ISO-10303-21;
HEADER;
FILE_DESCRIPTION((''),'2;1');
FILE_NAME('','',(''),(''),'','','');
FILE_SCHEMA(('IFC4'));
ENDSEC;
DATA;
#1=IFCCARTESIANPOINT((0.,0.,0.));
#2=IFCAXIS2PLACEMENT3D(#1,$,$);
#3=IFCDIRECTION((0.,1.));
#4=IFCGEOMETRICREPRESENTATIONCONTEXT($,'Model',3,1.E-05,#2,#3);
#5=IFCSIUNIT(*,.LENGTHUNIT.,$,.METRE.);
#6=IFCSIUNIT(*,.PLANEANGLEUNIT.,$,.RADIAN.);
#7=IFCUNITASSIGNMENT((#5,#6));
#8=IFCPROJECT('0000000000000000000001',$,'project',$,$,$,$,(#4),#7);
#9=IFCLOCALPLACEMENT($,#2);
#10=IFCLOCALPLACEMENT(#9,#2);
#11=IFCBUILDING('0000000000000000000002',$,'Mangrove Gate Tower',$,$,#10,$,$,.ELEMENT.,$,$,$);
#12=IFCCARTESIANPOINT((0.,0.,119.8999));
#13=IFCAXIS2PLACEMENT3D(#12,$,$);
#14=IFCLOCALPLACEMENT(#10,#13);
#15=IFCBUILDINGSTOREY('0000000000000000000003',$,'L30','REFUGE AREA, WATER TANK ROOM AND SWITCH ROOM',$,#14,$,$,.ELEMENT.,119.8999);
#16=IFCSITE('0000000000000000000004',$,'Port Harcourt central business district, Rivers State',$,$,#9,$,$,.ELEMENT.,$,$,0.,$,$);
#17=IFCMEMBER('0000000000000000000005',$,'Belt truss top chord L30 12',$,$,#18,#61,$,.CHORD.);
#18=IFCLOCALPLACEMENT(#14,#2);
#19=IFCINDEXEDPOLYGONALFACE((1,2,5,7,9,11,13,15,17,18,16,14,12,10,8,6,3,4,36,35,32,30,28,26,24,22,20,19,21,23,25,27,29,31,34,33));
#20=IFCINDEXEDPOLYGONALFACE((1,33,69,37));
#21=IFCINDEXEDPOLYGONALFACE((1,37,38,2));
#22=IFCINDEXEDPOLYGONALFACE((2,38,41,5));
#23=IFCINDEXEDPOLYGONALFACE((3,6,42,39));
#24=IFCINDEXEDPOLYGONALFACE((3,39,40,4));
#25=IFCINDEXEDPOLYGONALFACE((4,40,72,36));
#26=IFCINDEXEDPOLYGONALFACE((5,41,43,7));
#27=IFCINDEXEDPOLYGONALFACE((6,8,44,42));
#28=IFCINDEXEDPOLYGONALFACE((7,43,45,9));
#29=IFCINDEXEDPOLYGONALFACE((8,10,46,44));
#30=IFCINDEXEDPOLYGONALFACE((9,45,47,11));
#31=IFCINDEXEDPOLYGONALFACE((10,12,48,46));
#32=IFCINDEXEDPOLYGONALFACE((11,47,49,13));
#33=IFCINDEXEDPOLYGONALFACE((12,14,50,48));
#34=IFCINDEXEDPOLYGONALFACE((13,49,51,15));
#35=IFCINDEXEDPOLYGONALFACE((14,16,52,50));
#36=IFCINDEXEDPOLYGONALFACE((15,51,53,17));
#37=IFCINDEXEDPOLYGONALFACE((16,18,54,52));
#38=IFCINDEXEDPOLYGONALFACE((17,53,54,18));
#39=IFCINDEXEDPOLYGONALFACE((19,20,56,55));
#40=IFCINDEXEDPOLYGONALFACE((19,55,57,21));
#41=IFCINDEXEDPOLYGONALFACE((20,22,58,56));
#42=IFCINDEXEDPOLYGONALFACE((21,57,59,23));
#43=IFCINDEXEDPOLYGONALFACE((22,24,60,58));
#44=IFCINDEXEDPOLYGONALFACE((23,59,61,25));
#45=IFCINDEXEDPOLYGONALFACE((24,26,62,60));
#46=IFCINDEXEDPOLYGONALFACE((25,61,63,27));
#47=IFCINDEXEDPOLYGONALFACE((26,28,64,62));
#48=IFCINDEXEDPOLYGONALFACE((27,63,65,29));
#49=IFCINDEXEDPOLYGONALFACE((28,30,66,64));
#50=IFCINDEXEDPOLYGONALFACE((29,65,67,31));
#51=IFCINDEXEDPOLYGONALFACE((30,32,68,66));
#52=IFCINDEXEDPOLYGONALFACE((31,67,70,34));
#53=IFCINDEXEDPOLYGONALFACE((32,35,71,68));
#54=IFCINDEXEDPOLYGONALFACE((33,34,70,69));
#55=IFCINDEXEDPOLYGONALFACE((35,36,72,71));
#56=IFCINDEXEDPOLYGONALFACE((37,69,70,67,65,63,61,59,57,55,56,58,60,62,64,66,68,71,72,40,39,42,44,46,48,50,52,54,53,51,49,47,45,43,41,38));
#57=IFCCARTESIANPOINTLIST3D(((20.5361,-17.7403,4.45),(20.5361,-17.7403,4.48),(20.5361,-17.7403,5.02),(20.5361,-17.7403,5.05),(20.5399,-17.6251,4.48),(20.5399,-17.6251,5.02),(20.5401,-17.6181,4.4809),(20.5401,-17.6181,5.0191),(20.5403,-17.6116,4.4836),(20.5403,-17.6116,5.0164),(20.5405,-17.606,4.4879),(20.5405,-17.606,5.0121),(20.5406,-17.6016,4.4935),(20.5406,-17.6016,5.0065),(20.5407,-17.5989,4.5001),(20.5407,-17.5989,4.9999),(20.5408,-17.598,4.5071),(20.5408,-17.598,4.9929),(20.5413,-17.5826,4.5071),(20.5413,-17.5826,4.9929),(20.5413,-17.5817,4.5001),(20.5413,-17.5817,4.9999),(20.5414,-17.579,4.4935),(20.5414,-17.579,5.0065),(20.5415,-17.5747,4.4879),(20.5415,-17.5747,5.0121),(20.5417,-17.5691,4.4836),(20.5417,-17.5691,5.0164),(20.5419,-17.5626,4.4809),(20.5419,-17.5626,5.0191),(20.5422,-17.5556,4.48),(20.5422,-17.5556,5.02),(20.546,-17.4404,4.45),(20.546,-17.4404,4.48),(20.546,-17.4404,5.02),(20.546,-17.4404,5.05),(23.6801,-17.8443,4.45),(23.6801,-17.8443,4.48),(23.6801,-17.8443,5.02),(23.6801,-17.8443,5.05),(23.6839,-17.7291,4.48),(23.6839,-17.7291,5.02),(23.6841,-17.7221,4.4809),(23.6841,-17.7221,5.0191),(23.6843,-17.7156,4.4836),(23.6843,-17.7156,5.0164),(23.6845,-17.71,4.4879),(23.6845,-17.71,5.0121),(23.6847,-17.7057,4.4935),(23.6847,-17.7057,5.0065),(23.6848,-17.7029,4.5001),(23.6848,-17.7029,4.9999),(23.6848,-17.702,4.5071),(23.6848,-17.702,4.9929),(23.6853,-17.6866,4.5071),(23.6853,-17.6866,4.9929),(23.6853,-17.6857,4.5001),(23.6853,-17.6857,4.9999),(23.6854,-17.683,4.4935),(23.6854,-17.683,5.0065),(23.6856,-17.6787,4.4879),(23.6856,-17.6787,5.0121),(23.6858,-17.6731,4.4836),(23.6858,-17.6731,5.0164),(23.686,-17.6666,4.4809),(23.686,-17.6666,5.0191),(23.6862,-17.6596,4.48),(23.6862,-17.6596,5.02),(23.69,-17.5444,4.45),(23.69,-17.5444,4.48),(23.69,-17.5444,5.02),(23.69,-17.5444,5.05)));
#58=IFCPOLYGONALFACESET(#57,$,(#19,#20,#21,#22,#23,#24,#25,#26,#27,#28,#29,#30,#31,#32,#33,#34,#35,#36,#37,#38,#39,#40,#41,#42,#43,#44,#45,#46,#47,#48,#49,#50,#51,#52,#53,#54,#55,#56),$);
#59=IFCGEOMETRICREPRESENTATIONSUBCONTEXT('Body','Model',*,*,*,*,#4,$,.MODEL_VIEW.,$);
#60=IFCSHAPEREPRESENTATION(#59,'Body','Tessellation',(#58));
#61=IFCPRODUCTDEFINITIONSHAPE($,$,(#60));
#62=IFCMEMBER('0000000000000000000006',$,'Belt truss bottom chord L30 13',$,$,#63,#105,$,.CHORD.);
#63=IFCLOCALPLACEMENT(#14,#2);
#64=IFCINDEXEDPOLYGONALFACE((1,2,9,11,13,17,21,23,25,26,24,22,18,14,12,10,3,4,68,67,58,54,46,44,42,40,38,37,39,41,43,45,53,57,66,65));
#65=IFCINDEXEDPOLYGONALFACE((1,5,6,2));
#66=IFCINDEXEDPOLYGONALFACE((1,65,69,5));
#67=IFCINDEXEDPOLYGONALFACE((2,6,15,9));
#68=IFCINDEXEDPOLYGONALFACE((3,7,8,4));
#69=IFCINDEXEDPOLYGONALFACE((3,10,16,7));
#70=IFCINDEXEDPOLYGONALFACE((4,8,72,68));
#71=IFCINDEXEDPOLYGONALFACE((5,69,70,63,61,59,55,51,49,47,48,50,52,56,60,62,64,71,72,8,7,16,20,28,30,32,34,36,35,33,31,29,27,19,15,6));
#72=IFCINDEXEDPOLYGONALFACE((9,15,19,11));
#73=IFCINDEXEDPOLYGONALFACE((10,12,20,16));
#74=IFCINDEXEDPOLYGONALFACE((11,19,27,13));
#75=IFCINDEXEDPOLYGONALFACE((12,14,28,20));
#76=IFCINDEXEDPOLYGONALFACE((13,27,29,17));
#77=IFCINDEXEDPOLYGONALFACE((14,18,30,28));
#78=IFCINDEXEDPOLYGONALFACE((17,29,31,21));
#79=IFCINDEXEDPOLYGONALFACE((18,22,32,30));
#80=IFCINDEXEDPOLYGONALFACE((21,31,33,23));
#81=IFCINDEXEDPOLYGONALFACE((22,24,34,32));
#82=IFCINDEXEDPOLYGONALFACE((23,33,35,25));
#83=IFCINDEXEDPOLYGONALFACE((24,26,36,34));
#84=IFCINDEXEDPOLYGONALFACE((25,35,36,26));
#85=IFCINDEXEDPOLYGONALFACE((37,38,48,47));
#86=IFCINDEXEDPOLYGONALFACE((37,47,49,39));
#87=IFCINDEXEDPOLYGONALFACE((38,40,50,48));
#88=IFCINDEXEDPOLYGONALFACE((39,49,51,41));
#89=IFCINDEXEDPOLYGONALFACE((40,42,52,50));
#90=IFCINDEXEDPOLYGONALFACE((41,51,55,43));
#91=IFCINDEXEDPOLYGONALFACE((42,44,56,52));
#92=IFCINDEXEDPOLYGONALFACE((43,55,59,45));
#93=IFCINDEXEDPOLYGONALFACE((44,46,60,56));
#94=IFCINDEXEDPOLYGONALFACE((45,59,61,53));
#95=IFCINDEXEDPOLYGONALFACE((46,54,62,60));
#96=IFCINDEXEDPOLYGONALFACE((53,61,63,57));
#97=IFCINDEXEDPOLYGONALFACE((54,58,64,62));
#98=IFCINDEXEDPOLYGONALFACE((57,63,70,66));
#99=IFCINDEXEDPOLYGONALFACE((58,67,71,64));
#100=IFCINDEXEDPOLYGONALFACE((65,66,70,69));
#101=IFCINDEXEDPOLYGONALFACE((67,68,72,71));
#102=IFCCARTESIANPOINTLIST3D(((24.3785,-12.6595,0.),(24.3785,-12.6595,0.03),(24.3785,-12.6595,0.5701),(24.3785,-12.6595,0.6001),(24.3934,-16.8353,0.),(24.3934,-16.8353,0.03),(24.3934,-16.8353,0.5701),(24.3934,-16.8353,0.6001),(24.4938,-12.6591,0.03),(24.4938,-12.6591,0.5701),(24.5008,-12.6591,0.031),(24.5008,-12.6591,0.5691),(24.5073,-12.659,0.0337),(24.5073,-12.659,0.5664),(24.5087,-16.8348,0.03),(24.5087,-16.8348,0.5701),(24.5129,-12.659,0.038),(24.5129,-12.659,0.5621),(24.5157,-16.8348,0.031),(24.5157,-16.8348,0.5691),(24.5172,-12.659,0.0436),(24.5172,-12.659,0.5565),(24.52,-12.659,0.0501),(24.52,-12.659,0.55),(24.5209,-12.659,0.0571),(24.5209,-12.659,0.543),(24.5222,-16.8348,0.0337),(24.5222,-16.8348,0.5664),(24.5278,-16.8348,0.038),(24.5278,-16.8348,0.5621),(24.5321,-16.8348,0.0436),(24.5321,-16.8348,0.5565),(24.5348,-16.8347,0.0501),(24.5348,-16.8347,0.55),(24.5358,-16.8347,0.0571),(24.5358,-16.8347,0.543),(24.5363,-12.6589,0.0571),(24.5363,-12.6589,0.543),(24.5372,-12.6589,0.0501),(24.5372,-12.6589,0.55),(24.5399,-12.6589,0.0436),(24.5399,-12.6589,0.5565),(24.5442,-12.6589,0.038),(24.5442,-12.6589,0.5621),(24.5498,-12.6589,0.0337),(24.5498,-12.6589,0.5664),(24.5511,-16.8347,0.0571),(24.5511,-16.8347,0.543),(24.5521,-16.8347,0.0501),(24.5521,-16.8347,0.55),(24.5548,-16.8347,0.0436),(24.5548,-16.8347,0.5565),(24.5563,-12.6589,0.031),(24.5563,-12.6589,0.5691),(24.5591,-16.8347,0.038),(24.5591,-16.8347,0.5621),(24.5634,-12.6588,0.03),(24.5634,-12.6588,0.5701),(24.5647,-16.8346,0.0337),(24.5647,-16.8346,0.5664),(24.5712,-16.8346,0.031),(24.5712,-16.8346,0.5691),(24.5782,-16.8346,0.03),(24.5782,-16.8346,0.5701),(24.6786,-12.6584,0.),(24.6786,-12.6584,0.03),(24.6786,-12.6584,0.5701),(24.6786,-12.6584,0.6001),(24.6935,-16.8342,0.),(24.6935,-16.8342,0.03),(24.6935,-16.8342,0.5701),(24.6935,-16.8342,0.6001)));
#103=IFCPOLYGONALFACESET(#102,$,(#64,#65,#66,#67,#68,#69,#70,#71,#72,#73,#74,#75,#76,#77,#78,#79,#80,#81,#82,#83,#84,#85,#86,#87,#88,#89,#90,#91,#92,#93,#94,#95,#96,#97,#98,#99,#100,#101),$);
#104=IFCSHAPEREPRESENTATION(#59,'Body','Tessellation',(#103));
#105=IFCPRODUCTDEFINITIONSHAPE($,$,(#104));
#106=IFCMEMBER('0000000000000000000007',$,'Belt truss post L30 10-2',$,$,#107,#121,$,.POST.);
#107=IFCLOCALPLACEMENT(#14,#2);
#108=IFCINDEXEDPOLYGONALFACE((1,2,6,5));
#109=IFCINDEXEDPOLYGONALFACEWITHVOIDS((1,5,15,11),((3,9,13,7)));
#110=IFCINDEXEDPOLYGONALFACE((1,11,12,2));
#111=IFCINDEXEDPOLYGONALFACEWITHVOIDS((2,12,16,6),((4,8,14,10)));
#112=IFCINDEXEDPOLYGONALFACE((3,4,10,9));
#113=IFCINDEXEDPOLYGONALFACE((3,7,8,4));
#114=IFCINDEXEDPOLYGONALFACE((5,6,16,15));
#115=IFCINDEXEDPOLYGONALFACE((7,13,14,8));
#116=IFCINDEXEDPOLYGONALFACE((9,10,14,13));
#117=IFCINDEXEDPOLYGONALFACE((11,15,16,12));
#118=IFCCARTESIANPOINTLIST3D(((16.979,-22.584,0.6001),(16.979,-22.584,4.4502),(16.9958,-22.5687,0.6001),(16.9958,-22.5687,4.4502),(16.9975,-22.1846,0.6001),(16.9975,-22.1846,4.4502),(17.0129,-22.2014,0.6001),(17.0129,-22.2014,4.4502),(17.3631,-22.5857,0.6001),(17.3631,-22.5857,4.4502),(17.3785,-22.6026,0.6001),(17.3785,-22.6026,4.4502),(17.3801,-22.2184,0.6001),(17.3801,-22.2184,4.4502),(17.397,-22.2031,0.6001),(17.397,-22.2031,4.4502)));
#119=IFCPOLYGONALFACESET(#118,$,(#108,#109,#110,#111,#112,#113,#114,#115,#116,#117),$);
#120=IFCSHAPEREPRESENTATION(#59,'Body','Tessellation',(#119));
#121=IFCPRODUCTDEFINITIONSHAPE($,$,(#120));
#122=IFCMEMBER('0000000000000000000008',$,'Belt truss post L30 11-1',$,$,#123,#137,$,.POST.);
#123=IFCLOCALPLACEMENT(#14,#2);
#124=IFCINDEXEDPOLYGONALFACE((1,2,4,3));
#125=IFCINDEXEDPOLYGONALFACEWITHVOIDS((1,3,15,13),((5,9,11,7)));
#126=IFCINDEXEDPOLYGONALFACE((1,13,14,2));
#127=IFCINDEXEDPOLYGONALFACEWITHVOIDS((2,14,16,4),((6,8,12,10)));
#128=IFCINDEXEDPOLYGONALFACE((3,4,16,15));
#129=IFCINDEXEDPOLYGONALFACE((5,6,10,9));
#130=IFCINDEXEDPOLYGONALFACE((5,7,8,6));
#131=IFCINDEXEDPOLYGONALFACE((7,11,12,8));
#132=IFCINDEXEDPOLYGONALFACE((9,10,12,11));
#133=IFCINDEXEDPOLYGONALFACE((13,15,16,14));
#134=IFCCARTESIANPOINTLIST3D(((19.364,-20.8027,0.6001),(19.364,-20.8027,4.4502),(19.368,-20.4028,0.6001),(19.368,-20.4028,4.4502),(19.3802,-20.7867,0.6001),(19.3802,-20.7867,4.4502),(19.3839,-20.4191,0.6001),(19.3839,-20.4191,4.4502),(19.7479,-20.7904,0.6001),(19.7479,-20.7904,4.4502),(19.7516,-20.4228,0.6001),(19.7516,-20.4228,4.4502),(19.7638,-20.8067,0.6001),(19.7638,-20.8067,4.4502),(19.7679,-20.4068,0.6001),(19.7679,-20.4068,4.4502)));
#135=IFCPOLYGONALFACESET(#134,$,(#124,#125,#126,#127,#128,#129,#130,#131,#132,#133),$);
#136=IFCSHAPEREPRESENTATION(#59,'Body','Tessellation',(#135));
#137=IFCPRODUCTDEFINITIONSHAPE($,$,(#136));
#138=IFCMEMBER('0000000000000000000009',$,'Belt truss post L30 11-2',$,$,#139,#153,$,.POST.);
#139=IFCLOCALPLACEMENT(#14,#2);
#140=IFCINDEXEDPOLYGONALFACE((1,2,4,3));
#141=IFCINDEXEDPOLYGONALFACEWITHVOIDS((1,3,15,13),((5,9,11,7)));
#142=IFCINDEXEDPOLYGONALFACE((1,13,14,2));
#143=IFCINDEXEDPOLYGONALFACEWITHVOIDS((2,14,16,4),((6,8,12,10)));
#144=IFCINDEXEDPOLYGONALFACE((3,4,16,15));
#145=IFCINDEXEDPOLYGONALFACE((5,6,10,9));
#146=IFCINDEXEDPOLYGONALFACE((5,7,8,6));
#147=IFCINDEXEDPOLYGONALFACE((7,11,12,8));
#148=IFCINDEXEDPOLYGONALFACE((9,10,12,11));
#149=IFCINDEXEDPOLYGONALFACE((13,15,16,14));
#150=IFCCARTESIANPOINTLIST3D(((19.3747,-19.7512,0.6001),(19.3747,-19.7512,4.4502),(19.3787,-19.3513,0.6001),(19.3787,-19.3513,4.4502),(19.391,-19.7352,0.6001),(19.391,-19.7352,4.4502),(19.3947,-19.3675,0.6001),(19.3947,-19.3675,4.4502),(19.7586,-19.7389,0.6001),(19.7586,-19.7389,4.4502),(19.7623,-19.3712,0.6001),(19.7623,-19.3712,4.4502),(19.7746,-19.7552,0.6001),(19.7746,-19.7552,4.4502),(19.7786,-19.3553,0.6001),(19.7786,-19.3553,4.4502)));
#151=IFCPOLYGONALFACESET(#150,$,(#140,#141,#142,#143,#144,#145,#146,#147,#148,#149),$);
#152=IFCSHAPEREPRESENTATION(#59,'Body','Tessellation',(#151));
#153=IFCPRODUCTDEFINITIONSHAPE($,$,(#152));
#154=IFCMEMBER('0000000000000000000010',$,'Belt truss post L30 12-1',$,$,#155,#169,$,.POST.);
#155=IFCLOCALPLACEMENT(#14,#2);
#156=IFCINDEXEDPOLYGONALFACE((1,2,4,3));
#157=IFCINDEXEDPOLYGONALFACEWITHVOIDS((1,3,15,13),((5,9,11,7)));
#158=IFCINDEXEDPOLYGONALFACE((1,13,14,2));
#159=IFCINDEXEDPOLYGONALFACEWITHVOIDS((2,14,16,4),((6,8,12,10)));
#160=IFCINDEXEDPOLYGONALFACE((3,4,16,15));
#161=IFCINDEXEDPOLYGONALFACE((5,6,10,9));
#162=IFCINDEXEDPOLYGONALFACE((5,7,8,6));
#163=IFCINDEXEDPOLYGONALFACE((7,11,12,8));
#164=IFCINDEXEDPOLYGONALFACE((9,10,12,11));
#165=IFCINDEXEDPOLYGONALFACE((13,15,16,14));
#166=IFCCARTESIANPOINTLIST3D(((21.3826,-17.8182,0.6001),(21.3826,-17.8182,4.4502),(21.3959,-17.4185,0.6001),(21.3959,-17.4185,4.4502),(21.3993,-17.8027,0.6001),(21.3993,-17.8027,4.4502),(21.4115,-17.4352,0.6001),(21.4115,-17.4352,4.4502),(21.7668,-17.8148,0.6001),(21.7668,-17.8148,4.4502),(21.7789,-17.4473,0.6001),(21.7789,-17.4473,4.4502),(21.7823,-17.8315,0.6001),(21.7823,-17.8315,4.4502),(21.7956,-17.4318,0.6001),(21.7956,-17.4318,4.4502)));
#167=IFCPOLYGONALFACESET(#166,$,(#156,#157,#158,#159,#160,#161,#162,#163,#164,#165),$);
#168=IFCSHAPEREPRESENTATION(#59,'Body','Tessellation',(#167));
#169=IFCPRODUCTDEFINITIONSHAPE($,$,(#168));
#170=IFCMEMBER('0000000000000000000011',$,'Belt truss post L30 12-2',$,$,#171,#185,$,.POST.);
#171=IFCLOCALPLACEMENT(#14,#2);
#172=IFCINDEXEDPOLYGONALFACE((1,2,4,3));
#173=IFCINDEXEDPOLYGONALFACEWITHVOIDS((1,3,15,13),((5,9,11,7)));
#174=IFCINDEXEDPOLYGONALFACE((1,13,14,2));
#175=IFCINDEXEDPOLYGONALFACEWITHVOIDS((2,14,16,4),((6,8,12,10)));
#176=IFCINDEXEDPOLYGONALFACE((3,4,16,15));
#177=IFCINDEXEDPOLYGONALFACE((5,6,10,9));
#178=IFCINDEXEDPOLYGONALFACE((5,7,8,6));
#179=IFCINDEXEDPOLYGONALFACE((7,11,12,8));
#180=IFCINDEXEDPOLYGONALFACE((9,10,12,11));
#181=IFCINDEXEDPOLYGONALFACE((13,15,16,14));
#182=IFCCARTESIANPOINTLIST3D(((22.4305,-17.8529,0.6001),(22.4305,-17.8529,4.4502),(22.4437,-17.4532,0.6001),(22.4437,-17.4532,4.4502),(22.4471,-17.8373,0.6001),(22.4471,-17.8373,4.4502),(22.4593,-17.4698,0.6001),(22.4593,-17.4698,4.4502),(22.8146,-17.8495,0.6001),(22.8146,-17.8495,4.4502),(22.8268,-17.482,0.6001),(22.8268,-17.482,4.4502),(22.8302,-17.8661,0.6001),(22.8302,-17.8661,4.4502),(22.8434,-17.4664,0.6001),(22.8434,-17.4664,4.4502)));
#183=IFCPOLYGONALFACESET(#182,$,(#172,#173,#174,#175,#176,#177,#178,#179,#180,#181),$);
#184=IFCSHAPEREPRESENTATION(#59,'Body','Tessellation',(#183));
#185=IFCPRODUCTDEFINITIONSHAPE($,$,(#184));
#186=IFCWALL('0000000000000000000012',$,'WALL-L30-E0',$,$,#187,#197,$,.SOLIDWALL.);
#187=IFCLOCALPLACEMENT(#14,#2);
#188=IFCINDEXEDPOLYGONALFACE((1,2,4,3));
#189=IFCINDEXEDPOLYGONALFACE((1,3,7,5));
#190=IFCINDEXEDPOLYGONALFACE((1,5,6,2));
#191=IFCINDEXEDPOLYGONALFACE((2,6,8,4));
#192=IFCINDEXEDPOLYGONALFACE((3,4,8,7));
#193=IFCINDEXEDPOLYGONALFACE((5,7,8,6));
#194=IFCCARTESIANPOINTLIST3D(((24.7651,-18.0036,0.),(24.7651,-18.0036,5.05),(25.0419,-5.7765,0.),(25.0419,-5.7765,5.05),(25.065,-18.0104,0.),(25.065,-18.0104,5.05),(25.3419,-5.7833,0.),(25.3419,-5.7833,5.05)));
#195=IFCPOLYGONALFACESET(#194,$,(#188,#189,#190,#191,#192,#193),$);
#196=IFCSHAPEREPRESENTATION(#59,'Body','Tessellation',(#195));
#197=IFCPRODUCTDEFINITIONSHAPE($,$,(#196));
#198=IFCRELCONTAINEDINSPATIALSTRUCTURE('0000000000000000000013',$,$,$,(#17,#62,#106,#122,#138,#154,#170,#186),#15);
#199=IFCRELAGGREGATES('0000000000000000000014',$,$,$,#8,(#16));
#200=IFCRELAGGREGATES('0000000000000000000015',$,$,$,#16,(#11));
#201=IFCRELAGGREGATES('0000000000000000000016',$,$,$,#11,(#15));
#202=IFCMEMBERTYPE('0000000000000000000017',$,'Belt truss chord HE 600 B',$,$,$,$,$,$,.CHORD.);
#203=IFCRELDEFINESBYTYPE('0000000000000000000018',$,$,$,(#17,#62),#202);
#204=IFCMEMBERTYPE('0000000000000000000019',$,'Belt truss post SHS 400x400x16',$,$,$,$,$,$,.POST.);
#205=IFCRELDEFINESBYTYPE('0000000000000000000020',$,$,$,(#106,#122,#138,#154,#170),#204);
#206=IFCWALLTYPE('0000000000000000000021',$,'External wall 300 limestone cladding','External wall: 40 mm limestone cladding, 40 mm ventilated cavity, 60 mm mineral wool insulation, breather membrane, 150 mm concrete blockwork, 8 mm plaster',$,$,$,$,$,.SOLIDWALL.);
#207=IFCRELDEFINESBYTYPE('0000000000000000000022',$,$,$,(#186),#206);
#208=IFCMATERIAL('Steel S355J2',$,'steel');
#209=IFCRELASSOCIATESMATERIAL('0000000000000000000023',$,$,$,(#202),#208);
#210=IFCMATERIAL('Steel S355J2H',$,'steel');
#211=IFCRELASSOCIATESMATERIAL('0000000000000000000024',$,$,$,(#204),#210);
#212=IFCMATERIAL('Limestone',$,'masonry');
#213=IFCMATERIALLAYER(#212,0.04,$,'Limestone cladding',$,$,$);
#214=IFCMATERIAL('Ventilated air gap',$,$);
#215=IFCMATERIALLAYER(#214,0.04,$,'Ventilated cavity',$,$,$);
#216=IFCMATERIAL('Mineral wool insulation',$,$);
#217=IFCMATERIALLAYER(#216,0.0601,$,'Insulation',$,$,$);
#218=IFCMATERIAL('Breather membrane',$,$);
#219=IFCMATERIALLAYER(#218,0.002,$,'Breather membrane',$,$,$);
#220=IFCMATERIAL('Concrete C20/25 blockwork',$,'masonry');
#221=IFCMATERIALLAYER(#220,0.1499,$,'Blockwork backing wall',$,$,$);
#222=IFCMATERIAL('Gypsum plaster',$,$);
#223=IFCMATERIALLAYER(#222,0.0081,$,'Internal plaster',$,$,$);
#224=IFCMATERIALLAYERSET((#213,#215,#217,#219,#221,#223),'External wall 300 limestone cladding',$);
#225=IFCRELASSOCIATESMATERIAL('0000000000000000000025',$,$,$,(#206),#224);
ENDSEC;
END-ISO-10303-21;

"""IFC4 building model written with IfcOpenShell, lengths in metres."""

from ifc_helpers import new_model, si_unit, direction, frame, frame_2d, origin, origin_2d, place, context, subcontext, project, spatial, rectangle, hollow_rectangle, i_section, extrude, material, layer, layer_set, material_profile, profile_set, type_object, element, save


model = new_model("IFC4")

# Units and contexts
model_context = context("Model", 3, precision=1e-05, world=origin(), true_north=direction((0.0, 1.0)))
body_context = subcontext(model_context, "Body", "Model", "MODEL_VIEW")
ifc_project = project(units=[si_unit("LENGTHUNIT", "METRE"), si_unit("PLANEANGLEUNIT", "RADIAN")], contexts=[model_context])

# Site, building, storey
site_placement = place(None, origin())
site = spatial("IfcSite", under=ifc_project, at=site_placement, Name="Port Harcourt central business district, Rivers State", CompositionType="ELEMENT", RefElevation=0.0)
building_placement = place(site_placement, origin())
building = spatial("IfcBuilding", under=site, at=building_placement, Name="Mangrove Gate Tower", CompositionType="ELEMENT")
storey_placement = place(building_placement, frame((0.0, 0.0, 119.8999)))
storey = spatial("IfcBuildingStorey", under=building, at=storey_placement, Name="L30", Description="REFUGE AREA, WATER TANK ROOM AND SWITCH ROOM", CompositionType="ELEMENT", Elevation=119.8999)

# Members
ifc_material_1 = material(Name="Steel S355J2", Category="steel")
ifc_material_profile_1 = material_profile(ifc_material_1, i_section(OverallWidth=0.3, OverallDepth=0.6001, WebThickness=0.0154, FlangeThickness=0.03, FilletRadius=0.0271, at=origin_2d()))
ifc_profile_set_1 = profile_set([ifc_material_profile_1], Name="Steel S355J2")
member_type_1 = type_object("IfcMemberType", Name="Belt truss chord HE 600 B", PredefinedType="CHORD", material=ifc_profile_set_1)
for number, where, z_axis, x_axis, name in (
    (1, (20.541, -17.5903, 4.75), (0.999453, -0.033062, 0.0), (0.033062, 0.999453, 0.0), "Belt truss top chord L30 12"),
):
    element("IfcMember", number, at=place(storey_placement, frame(where, z_axis=z_axis, x_axis=x_axis)), inside=storey, type_object=member_type_1, Name=name, PredefinedType="CHORD", context=body_context, shape_type="SweptSolid", body=[
        extrude(i_section(OverallWidth=0.3, OverallDepth=0.6001, WebThickness=0.0154, FlangeThickness=0.03, FilletRadius=0.0271, at=origin_2d()), origin(), (0.0, 0.0, 1.0), 3.1458),
    ])
member_placement = place(storey_placement, frame((24.5435, -16.8347, 0.3), z_axis=(-0.003566, 0.999994, 0.0), x_axis=(-0.999994, -0.003566, 0.0)))
element("IfcMember", 2, at=member_placement, inside=storey, type_object=member_type_1, Name="Belt truss bottom chord L30 13", PredefinedType="CHORD", context=body_context, shape_type="SweptSolid", body=[
    extrude(i_section(OverallWidth=0.3, OverallDepth=0.6001, WebThickness=0.0154, FlangeThickness=0.03, FilletRadius=0.0271, at=origin_2d()), origin(), (0.0, 0.0, 1.0), 4.1758),
])
ifc_material_2 = material(Name="Steel S355J2H", Category="steel")
ifc_material_profile_2 = material_profile(ifc_material_2, hollow_rectangle(XDim=0.3999, YDim=0.3999, WallThickness=0.0161, at=origin_2d()))
ifc_profile_set_2 = profile_set([ifc_material_profile_2], Name="Steel S355J2H")
member_type_2 = type_object("IfcMemberType", Name="Belt truss post SHS 400x400x16", PredefinedType="POST", material=ifc_profile_set_2)
for number, where, z_axis, x_axis, name in (
    (3, (17.188, -22.3936, 0.6001), (0.0, 0.0, 1.0), (0.998927, -0.046313, 0.0), "Belt truss post L30 10-2"),
    (4, (19.5659, -20.6047, 0.6001), (0.0, 0.0, 1.0), (0.010066, 0.999949, 0.0), "Belt truss post L30 11-1"),
    (5, (19.5767, -19.5532, 0.6001), (0.0, 0.0, 1.0), (0.010066, 0.999949, 0.0), "Belt truss post L30 11-2"),
    (6, (21.5891, -17.625, 0.6001), (0.0, 0.0, 1.0), (0.999452, -0.033111, 0.0), "Belt truss post L30 12-1"),
    (7, (22.637, -17.6597, 0.6001), (0.0, 0.0, 1.0), (0.999452, -0.033111, 0.0), "Belt truss post L30 12-2"),
):
    element("IfcMember", number, at=place(storey_placement, frame(where, z_axis=z_axis, x_axis=x_axis)), inside=storey, type_object=member_type_2, Name=name, PredefinedType="POST", context=body_context, shape_type="SweptSolid", body=[
        extrude(hollow_rectangle(XDim=0.3999, YDim=0.3999, WallThickness=0.0161, at=origin_2d()), origin(), (0.0, 0.0, 1.0), 3.8501),
    ])

# Wall
ifc_material_3 = material(Name="Limestone", Category="masonry")
ifc_layer_1 = layer(ifc_material_3, 0.04, Name="Limestone cladding")
ifc_material_4 = material(Name="Ventilated air gap")
ifc_layer_2 = layer(ifc_material_4, 0.04, Name="Ventilated cavity")
ifc_material_5 = material(Name="Mineral wool insulation")
ifc_layer_3 = layer(ifc_material_5, 0.0601, Name="Insulation")
ifc_material_6 = material(Name="Breather membrane")
ifc_layer_4 = layer(ifc_material_6, 0.002, Name="Breather membrane")
ifc_material_7 = material(Name="Concrete C20/25 blockwork", Category="masonry")
ifc_layer_5 = layer(ifc_material_7, 0.1499, Name="Blockwork backing wall")
ifc_material_8 = material(Name="Gypsum plaster")
ifc_layer_6 = layer(ifc_material_8, 0.0081, Name="Internal plaster")
ifc_layer_set_1 = layer_set([ifc_layer_1, ifc_layer_2, ifc_layer_3, ifc_layer_4, ifc_layer_5, ifc_layer_6], Name="External wall 300 limestone cladding")
wall_type_1 = type_object("IfcWallType", Name="External wall 300 limestone cladding", Description="External wall: 40 mm limestone cladding, 40 mm ventilated cavity, 60 mm mineral wool insulation, breather membrane, 150 mm concrete blockwork, 8 mm plaster", PredefinedType="SOLIDWALL", material=ifc_layer_set_1)
wall_1_placement = place(storey_placement, frame((24.915, -18.0071, 0.0), z_axis=(0.0, 0.0, 1.0), x_axis=(0.022637, 0.999744, 0.0)))
element("IfcWall", 8, at=wall_1_placement, inside=storey, type_object=wall_type_1, Name="WALL-L30-E0", PredefinedType="SOLIDWALL", context=body_context, shape_type="SweptSolid", body=[
    extrude(rectangle(XDim=12.2302, YDim=0.3, at=frame_2d((6.1152, 0.0))), origin(), (0.0, 0.0, 1.0), 5.05),
])

save(model, "model.ifc")
